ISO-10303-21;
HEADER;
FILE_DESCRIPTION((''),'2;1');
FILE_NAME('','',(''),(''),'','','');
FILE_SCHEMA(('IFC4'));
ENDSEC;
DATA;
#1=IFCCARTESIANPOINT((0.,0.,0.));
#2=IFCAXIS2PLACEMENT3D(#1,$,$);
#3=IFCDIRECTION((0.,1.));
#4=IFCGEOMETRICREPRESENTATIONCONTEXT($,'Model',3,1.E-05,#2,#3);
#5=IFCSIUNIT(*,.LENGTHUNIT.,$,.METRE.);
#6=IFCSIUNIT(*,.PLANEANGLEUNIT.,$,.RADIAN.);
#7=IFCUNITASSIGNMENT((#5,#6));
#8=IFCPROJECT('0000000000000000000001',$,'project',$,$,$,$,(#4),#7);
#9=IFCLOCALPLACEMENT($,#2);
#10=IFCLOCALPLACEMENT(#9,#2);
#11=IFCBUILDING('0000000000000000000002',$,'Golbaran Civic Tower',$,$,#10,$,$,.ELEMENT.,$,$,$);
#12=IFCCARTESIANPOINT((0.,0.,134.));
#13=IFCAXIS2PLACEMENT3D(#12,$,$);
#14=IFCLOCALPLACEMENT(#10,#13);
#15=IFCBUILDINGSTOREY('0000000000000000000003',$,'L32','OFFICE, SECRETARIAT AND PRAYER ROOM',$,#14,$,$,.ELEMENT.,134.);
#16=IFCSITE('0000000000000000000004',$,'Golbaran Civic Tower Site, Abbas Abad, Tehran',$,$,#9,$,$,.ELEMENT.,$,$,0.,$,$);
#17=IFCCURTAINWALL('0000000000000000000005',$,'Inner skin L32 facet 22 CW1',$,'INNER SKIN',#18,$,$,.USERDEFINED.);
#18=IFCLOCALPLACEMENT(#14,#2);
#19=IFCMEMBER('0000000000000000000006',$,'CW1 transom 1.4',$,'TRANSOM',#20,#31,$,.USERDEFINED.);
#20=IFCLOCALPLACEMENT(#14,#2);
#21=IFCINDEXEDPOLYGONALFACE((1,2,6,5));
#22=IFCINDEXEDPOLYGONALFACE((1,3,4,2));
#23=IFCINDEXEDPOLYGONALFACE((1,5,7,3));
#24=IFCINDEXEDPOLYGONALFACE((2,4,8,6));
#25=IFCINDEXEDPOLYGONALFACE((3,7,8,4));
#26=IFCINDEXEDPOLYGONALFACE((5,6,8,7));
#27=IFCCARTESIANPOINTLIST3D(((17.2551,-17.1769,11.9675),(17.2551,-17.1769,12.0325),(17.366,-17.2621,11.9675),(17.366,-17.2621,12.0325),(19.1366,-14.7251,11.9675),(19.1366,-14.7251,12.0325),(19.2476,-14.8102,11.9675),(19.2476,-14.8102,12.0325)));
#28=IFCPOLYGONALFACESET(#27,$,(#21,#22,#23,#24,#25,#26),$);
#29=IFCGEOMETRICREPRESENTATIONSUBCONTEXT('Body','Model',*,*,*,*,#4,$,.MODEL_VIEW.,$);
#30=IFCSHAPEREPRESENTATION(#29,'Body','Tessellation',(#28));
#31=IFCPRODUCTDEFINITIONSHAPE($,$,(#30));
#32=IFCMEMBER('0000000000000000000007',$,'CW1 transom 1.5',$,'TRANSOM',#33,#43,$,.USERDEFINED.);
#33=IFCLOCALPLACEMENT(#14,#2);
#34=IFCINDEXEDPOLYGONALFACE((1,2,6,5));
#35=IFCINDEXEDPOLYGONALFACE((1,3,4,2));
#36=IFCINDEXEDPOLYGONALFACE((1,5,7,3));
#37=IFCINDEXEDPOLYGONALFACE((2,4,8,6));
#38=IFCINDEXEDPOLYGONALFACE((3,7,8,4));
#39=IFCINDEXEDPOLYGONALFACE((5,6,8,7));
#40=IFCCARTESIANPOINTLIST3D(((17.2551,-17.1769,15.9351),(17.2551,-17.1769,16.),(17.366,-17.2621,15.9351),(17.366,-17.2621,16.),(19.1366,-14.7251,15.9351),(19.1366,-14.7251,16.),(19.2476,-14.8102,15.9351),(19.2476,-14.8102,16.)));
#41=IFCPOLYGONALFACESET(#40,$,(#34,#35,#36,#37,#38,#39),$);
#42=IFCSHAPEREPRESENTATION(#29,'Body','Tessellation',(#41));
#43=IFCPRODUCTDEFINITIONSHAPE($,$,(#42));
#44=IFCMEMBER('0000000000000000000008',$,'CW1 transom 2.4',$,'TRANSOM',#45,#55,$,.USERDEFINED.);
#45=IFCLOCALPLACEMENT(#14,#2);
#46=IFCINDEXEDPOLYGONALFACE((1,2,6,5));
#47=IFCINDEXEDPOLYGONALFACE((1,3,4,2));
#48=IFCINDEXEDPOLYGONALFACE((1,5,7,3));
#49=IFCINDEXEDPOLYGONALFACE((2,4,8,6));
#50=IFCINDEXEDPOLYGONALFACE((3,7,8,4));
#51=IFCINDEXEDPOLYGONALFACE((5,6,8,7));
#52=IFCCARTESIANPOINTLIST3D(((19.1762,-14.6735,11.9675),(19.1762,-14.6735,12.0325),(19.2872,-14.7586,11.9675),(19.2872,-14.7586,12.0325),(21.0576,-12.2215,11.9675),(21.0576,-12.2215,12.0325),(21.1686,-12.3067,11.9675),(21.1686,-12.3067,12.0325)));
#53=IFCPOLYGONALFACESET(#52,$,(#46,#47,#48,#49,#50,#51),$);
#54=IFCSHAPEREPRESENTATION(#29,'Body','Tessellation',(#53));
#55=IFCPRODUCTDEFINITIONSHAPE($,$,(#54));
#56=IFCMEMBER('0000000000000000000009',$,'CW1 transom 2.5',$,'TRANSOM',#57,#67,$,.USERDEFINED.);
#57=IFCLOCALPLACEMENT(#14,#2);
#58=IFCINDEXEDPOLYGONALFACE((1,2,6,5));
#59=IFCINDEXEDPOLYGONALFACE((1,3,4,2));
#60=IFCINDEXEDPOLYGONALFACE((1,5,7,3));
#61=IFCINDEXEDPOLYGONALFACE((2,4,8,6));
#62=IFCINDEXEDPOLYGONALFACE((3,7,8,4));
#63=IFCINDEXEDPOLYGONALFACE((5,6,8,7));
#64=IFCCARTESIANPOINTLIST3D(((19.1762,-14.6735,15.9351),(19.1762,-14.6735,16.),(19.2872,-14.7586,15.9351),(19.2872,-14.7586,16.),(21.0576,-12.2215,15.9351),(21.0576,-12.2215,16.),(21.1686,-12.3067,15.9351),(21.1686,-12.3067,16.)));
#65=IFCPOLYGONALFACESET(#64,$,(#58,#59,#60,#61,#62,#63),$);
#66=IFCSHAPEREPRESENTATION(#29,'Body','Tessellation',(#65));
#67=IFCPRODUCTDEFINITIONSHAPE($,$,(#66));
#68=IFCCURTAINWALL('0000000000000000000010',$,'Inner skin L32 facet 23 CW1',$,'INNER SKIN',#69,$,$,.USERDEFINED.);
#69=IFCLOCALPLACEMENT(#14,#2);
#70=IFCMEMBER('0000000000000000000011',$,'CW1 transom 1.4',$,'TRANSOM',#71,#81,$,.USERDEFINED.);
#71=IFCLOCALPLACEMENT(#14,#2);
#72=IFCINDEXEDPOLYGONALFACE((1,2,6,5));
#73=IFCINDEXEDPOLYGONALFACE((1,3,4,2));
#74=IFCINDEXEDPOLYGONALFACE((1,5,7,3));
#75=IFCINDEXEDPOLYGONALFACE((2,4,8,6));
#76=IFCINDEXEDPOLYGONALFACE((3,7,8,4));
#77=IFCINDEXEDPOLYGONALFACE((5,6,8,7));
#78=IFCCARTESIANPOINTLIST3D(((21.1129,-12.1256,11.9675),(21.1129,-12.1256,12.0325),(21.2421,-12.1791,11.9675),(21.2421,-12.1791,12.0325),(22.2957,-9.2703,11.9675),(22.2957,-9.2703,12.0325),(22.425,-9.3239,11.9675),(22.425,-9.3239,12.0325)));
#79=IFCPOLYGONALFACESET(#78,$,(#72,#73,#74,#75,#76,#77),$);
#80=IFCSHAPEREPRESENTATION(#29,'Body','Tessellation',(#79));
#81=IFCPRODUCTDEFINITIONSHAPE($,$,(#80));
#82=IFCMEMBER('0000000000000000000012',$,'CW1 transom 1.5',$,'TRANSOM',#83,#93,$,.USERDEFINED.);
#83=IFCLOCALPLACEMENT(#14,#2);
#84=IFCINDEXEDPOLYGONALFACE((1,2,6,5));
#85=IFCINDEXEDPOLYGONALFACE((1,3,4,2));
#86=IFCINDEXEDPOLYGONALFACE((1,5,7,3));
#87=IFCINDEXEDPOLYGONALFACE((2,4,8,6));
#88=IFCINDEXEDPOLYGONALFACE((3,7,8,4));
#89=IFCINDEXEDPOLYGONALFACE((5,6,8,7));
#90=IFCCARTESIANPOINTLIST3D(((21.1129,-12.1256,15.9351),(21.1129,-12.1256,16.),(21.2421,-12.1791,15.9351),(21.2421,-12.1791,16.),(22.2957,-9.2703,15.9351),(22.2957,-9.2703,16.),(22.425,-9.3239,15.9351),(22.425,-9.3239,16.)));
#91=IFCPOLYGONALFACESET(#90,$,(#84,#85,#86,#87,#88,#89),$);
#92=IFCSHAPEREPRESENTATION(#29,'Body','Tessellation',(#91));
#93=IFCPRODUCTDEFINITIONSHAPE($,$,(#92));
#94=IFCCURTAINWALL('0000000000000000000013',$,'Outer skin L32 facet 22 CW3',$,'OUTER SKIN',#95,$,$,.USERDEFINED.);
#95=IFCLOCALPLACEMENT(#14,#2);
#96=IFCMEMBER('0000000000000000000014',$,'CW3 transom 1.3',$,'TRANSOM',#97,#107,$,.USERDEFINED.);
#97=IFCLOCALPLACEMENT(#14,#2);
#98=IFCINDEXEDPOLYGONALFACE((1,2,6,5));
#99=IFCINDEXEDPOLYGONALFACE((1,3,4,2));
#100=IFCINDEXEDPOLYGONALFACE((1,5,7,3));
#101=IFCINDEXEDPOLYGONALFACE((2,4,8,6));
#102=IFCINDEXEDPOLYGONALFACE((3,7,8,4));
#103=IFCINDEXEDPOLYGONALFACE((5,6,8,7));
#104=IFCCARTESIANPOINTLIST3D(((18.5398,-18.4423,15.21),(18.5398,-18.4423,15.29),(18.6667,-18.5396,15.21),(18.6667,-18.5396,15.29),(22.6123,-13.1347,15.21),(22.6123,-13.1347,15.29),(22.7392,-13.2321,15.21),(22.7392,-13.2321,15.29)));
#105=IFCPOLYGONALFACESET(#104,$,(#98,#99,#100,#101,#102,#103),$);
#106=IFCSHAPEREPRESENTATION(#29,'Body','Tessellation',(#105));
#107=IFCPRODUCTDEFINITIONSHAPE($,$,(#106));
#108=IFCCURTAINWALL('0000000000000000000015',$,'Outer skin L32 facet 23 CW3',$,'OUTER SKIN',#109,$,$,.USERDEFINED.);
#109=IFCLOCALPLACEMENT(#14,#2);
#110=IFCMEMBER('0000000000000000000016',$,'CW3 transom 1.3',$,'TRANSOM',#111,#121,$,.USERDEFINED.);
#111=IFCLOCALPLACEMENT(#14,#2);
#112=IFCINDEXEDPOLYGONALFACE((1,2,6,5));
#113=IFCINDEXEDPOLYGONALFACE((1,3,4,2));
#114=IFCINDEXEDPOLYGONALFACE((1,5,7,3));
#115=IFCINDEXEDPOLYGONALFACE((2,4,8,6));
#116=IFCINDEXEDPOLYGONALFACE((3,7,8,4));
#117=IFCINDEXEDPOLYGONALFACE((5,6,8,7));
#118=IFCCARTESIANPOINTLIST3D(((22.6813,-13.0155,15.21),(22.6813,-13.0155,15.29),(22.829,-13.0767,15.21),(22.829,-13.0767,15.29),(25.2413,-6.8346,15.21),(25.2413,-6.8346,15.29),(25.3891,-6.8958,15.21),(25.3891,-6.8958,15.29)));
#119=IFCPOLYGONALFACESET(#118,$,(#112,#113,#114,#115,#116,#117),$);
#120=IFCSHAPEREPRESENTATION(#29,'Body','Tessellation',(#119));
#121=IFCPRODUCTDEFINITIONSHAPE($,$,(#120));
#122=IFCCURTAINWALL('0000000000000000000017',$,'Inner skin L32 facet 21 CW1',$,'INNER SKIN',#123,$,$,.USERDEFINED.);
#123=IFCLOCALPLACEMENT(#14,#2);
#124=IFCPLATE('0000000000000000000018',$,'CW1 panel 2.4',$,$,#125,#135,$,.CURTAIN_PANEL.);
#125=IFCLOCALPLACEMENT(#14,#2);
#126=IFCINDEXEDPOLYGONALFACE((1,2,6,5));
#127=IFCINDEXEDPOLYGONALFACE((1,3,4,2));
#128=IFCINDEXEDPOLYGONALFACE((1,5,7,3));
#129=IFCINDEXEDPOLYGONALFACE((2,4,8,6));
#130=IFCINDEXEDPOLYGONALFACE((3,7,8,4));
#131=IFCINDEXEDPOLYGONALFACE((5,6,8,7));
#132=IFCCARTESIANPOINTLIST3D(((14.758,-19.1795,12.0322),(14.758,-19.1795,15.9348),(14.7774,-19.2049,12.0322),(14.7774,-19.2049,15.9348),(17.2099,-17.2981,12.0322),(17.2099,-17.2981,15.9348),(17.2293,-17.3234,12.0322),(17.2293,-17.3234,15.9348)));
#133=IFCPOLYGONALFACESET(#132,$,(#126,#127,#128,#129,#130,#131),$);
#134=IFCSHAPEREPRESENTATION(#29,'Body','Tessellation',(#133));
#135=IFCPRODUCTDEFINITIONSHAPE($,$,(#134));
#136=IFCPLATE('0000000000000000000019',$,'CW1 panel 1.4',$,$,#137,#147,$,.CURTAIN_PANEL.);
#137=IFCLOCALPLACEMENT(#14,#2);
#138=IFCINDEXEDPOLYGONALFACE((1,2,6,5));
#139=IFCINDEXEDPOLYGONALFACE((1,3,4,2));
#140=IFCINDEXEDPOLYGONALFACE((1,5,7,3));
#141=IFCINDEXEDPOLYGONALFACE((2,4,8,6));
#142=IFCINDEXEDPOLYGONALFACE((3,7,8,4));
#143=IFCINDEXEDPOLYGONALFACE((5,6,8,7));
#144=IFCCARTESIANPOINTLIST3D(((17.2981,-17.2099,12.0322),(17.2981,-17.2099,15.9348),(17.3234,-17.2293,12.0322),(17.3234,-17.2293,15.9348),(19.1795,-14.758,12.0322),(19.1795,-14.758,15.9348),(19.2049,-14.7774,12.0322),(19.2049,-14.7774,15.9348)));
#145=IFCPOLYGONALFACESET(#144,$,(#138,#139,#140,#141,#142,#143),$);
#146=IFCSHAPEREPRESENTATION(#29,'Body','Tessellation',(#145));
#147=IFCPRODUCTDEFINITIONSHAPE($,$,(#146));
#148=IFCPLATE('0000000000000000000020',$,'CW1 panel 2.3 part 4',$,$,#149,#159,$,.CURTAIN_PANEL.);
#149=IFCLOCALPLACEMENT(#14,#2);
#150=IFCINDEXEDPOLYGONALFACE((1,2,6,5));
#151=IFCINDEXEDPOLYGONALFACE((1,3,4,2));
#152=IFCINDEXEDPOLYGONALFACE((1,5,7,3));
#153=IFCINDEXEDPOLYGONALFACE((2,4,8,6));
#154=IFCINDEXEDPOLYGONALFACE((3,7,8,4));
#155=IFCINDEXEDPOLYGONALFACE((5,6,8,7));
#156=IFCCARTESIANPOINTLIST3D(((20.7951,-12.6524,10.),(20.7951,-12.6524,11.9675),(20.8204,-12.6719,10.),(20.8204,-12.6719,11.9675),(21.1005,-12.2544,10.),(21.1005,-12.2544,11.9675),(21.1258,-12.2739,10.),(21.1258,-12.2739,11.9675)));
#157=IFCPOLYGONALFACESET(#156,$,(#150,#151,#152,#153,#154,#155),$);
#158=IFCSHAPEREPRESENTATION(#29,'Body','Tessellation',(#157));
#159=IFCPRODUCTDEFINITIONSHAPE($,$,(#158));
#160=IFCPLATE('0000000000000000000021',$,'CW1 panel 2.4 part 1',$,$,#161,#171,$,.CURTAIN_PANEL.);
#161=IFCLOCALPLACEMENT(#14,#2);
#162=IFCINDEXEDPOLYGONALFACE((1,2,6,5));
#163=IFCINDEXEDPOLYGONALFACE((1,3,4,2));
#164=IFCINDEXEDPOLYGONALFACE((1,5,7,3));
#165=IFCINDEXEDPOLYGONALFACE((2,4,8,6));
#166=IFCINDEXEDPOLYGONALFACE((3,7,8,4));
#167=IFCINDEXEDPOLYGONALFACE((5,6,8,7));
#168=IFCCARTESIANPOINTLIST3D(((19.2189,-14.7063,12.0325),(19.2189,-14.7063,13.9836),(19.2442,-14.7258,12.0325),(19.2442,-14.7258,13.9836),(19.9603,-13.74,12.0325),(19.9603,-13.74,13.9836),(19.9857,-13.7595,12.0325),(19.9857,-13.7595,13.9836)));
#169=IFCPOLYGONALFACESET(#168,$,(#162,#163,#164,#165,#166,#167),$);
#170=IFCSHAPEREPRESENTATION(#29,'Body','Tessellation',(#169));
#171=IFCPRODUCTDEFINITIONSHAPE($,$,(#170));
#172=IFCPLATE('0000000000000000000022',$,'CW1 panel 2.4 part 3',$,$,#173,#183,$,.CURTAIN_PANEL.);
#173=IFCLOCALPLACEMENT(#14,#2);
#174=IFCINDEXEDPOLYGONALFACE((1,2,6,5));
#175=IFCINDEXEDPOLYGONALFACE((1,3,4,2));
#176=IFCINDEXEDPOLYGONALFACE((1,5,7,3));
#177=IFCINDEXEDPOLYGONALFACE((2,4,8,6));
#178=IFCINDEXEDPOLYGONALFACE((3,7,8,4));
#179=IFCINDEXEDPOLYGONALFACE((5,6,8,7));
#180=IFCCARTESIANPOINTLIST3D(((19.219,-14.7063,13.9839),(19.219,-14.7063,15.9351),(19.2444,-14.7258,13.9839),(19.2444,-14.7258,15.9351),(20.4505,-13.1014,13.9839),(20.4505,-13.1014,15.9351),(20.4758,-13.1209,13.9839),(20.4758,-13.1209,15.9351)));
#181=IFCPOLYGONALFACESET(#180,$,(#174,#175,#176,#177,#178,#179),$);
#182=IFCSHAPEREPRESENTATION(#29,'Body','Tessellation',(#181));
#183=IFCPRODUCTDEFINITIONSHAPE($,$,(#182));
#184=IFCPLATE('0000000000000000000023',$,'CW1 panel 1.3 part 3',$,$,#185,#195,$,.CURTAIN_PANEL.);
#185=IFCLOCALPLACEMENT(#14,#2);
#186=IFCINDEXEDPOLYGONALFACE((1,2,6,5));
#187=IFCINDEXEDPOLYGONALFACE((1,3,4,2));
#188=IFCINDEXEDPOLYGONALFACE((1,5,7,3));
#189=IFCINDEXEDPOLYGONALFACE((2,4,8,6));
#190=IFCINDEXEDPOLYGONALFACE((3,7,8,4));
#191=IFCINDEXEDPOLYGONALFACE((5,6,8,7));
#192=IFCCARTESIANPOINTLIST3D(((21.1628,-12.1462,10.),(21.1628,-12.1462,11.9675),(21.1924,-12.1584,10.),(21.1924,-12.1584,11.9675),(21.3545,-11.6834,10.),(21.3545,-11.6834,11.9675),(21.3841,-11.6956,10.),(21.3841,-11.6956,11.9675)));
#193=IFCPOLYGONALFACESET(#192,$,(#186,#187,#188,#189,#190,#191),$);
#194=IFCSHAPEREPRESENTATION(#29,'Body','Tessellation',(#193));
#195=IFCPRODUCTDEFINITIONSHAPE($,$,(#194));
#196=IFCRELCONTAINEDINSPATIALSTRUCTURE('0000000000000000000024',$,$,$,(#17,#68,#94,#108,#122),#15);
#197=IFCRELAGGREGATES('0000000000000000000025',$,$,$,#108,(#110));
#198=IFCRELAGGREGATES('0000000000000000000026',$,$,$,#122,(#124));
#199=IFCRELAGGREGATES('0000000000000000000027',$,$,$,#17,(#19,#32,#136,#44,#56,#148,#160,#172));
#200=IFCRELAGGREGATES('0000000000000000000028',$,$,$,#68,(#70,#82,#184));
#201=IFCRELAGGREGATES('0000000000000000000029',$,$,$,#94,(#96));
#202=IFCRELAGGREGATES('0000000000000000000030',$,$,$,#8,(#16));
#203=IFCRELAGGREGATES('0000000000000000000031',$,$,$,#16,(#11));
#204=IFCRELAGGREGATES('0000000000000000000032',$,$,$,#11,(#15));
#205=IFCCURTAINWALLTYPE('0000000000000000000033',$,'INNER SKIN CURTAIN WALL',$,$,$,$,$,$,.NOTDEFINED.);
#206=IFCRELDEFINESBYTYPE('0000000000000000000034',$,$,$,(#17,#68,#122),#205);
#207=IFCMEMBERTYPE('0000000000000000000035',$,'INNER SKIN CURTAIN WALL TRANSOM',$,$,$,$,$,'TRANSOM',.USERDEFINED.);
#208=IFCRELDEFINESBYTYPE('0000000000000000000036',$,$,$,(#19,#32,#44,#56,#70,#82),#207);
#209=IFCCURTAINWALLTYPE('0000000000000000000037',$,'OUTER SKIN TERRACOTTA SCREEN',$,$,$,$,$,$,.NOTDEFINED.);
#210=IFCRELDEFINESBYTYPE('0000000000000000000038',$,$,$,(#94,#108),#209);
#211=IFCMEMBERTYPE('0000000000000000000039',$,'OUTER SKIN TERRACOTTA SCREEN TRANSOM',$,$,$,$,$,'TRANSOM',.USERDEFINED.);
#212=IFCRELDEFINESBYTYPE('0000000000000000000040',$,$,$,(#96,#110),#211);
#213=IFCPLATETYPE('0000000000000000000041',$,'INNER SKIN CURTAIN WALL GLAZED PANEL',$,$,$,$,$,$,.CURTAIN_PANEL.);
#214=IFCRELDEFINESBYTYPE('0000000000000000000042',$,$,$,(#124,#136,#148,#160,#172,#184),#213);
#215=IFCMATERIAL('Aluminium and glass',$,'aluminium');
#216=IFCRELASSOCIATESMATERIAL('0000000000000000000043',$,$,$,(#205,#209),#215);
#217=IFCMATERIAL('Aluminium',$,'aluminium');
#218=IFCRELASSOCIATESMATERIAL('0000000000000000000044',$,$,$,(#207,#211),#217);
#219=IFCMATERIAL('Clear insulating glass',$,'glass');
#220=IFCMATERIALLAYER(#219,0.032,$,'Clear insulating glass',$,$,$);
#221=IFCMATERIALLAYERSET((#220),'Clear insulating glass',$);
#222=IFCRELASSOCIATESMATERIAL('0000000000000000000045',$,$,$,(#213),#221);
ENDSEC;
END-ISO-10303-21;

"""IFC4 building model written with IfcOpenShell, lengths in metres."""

from ifc_helpers import new_model, si_unit, direction, frame, origin, origin_2d, place, context, subcontext, project, spatial, rectangle, extrude, material, layer, layer_set, material_profile, profile_set, type_object, element, aggregate, save


model = new_model("IFC4")

# Units and contexts
model_context = context("Model", 3, precision=1e-05, world=origin(), true_north=direction((0.0, 1.0)))
body_context = subcontext(model_context, "Body", "Model", "MODEL_VIEW")
ifc_project = project(units=[si_unit("LENGTHUNIT", "METRE"), si_unit("PLANEANGLEUNIT", "RADIAN")], contexts=[model_context])

# Site, building, storey
site_placement = place(None, origin())
site = spatial("IfcSite", under=ifc_project, at=site_placement, Name="Golbaran Civic Tower Site, Abbas Abad, Tehran", CompositionType="ELEMENT", RefElevation=0.0)
building_placement = place(site_placement, origin())
building = spatial("IfcBuilding", under=site, at=building_placement, Name="Golbaran Civic Tower", CompositionType="ELEMENT")
storey_placement = place(building_placement, frame((0.0, 0.0, 134.0)))
storey = spatial("IfcBuildingStorey", under=building, at=storey_placement, Name="L32", Description="OFFICE, SECRETARIAT AND PRAYER ROOM", CompositionType="ELEMENT", Elevation=134.0)

# Curtain walls, members
ifc_material_1 = material(Name="Aluminium and glass", Category="aluminium")
curtain_wall_type_1 = type_object("IfcCurtainWallType", Name="INNER SKIN CURTAIN WALL", PredefinedType="NOTDEFINED", material=ifc_material_1)
curtain_wall_1_placement = place(storey_placement, origin())
curtain_wall_1 = element("IfcCurtainWall", 1, at=curtain_wall_1_placement, inside=storey, type_object=curtain_wall_type_1, Name="Inner skin L32 facet 22 CW1", ObjectType="INNER SKIN", PredefinedType="USERDEFINED")
ifc_material_2 = material(Name="Aluminium", Category="aluminium")
ifc_material_profile_1 = material_profile(ifc_material_2, rectangle(XDim=0.1399, YDim=0.0649, at=origin_2d()), Name="INNER SKIN CURTAIN WALL TRANSOM")
ifc_profile_set_1 = profile_set([ifc_material_profile_1], Name="Aluminium")
member_type_1 = type_object("IfcMemberType", Name="INNER SKIN CURTAIN WALL TRANSOM", ElementType="TRANSOM", PredefinedType="USERDEFINED", material=ifc_profile_set_1)
member_1_placement = place(storey_placement, frame((17.3105, -17.2195, 12.0), z_axis=(0.608798, 0.793325, 0.0), x_axis=(-0.793325, 0.608798, 0.0)))
member_1 = element("IfcMember", 2, at=member_1_placement, type_object=member_type_1, Name="CW1 transom 1.4", ObjectType="TRANSOM", PredefinedType="USERDEFINED", context=body_context, shape_type="SweptSolid", body=[
    extrude(rectangle(XDim=0.1399, YDim=0.0649, at=origin_2d()), origin(), (0.0, 0.0, 1.0), 3.0906),
])
member_2_placement = place(storey_placement, frame((17.3105, -17.2195, 15.9675), z_axis=(0.608798, 0.793325, 0.0), x_axis=(-0.793325, 0.608798, 0.0)))
member_2 = element("IfcMember", 3, at=member_2_placement, type_object=member_type_1, Name="CW1 transom 1.5", ObjectType="TRANSOM", PredefinedType="USERDEFINED", context=body_context, shape_type="SweptSolid", body=[
    extrude(rectangle(XDim=0.1399, YDim=0.0649, at=origin_2d()), origin(), (0.0, 0.0, 1.0), 3.0906),
])
member_3_placement = place(storey_placement, frame((19.2317, -14.7161, 12.0), z_axis=(0.608748, 0.793363, 0.0), x_axis=(-0.793363, 0.608748, 0.0)))
member_3 = element("IfcMember", 4, at=member_3_placement, type_object=member_type_1, Name="CW1 transom 2.4", ObjectType="TRANSOM", PredefinedType="USERDEFINED", context=body_context, shape_type="SweptSolid", body=[
    extrude(rectangle(XDim=0.1399, YDim=0.0649, at=origin_2d()), origin(), (0.0, 0.0, 1.0), 3.0906),
])
member_4_placement = place(storey_placement, frame((19.2317, -14.7161, 15.9675), z_axis=(0.608748, 0.793363, 0.0), x_axis=(-0.793363, 0.608748, 0.0)))
member_4 = element("IfcMember", 5, at=member_4_placement, type_object=member_type_1, Name="CW1 transom 2.5", ObjectType="TRANSOM", PredefinedType="USERDEFINED", context=body_context, shape_type="SweptSolid", body=[
    extrude(rectangle(XDim=0.1399, YDim=0.0649, at=origin_2d()), origin(), (0.0, 0.0, 1.0), 3.0906),
])
curtain_wall_2_placement = place(storey_placement, origin())
curtain_wall_2 = element("IfcCurtainWall", 6, at=curtain_wall_2_placement, inside=storey, type_object=curtain_wall_type_1, Name="Inner skin L32 facet 23 CW1", ObjectType="INNER SKIN", PredefinedType="USERDEFINED")
member_5_placement = place(storey_placement, frame((21.1775, -12.1523, 12.0), z_axis=(0.382736, 0.923858, 0.0), x_axis=(-0.923858, 0.382736, 0.0)))
member_5 = element("IfcMember", 7, at=member_5_placement, type_object=member_type_1, Name="CW1 transom 1.4", ObjectType="TRANSOM", PredefinedType="USERDEFINED", context=body_context, shape_type="SweptSolid", body=[
    extrude(rectangle(XDim=0.1399, YDim=0.0649, at=origin_2d()), origin(), (0.0, 0.0, 1.0), 3.0906),
])
member_6_placement = place(storey_placement, frame((21.1775, -12.1523, 15.9675), z_axis=(0.382736, 0.923858, 0.0), x_axis=(-0.923858, 0.382736, 0.0)))
member_6 = element("IfcMember", 8, at=member_6_placement, type_object=member_type_1, Name="CW1 transom 1.5", ObjectType="TRANSOM", PredefinedType="USERDEFINED", context=body_context, shape_type="SweptSolid", body=[
    extrude(rectangle(XDim=0.1399, YDim=0.0649, at=origin_2d()), origin(), (0.0, 0.0, 1.0), 3.0906),
])

# Curtain walls, members
curtain_wall_type_2 = type_object("IfcCurtainWallType", Name="OUTER SKIN TERRACOTTA SCREEN", PredefinedType="NOTDEFINED", material=ifc_material_1)
curtain_wall_3_placement = place(storey_placement, origin())
curtain_wall_3 = element("IfcCurtainWall", 9, at=curtain_wall_3_placement, inside=storey, type_object=curtain_wall_type_2, Name="Outer skin L32 facet 22 CW3", ObjectType="OUTER SKIN", PredefinedType="USERDEFINED")
ifc_material_profile_2 = material_profile(ifc_material_2, rectangle(XDim=0.1599, YDim=0.0801, at=origin_2d()), Name="OUTER SKIN TERRACOTTA SCREEN TRANSOM")
ifc_profile_set_2 = profile_set([ifc_material_profile_2], Name="Aluminium")
member_type_2 = type_object("IfcMemberType", Name="OUTER SKIN TERRACOTTA SCREEN TRANSOM", ElementType="TRANSOM", PredefinedType="USERDEFINED", material=ifc_profile_set_2)
member_7_placement = place(storey_placement, frame((18.6033, -18.491, 15.25), z_axis=(0.608746, 0.793365, 0.0), x_axis=(-0.793365, 0.608746, 0.0)))
member_7 = element("IfcMember", 10, at=member_7_placement, type_object=member_type_2, Name="CW3 transom 1.3", ObjectType="TRANSOM", PredefinedType="USERDEFINED", context=body_context, shape_type="SweptSolid", body=[
    extrude(rectangle(XDim=0.1599, YDim=0.0801, at=origin_2d()), origin(), (0.0, 0.0, 1.0), 6.6899),
])
curtain_wall_4_placement = place(storey_placement, origin())
curtain_wall_4 = element("IfcCurtainWall", 11, at=curtain_wall_4_placement, inside=storey, type_object=curtain_wall_type_2, Name="Outer skin L32 facet 23 CW3", ObjectType="OUTER SKIN", PredefinedType="USERDEFINED")
member_8_placement = place(storey_placement, frame((22.7551, -13.0461, 15.25), z_axis=(0.382663, 0.923888, 0.0), x_axis=(-0.923888, 0.382663, 0.0)))
member_8 = element("IfcMember", 12, at=member_8_placement, type_object=member_type_2, Name="CW3 transom 1.3", ObjectType="TRANSOM", PredefinedType="USERDEFINED", context=body_context, shape_type="SweptSolid", body=[
    extrude(rectangle(XDim=0.1599, YDim=0.0801, at=origin_2d()), origin(), (0.0, 0.0, 1.0), 6.6902),
])
aggregate(curtain_wall_4, [member_8])

# Curtain wall, plate
curtain_wall_5_placement = place(storey_placement, origin())
curtain_wall_5 = element("IfcCurtainWall", 13, at=curtain_wall_5_placement, inside=storey, type_object=curtain_wall_type_1, Name="Inner skin L32 facet 21 CW1", ObjectType="INNER SKIN", PredefinedType="USERDEFINED")
ifc_material_3 = material(Name="Clear insulating glass", Category="glass")
ifc_layer_1 = layer(ifc_material_3, 0.032, Name="Clear insulating glass")
ifc_layer_set_1 = layer_set([ifc_layer_1], Name="Clear insulating glass")
plate_type_1 = type_object("IfcPlateType", Name="INNER SKIN CURTAIN WALL GLAZED PANEL", PredefinedType="CURTAIN_PANEL", material=ifc_layer_set_1)
plate_1_placement = place(storey_placement, frame((15.9937, -18.2515, 12.0322), z_axis=(0.0, 0.0, 1.0), x_axis=(0.793353, 0.608761, 0.0)))
plate_1 = element("IfcPlate", 14, at=plate_1_placement, type_object=plate_type_1, Name="CW1 panel 2.4", PredefinedType="CURTAIN_PANEL", context=body_context, shape_type="SweptSolid", body=[
    extrude(rectangle(XDim=3.0906, YDim=0.032, at=origin_2d()), origin(), (0.0, 0.0, 1.0), 3.9026),
])
aggregate(curtain_wall_5, [plate_1])

# Plates
plate_2_placement = place(storey_placement, frame((18.2515, -15.9937, 12.0322), z_axis=(0.0, 0.0, 1.0), x_axis=(0.608761, 0.793353, 0.0)))
plate_2 = element("IfcPlate", 15, at=plate_2_placement, type_object=plate_type_1, Name="CW1 panel 1.4", PredefinedType="CURTAIN_PANEL", context=body_context, shape_type="SweptSolid", body=[
    extrude(rectangle(XDim=3.0906, YDim=0.032, at=origin_2d()), origin(), (0.0, 0.0, 1.0), 3.9026),
])
plate_3_placement = place(storey_placement, frame((20.9604, -12.4631, 10.0), z_axis=(0.0, 0.0, 1.0), x_axis=(0.608761, 0.793353, 0.0)))
plate_3 = element("IfcPlate", 16, at=plate_3_placement, type_object=plate_type_1, Name="CW1 panel 2.3 part 4", PredefinedType="CURTAIN_PANEL", context=body_context, shape_type="SweptSolid", body=[
    extrude(rectangle(XDim=0.5017, YDim=0.032, at=origin_2d()), origin(), (0.0, 0.0, 1.0), 1.9675),
])
plate_4_placement = place(storey_placement, frame((19.6023, -14.2329, 12.0325), z_axis=(0.0, 0.0, 1.0), x_axis=(0.608761, 0.793353, 0.0)))
plate_4 = element("IfcPlate", 17, at=plate_4_placement, type_object=plate_type_1, Name="CW1 panel 2.4 part 1", PredefinedType="CURTAIN_PANEL", context=body_context, shape_type="SweptSolid", body=[
    extrude(rectangle(XDim=1.218, YDim=0.032, at=origin_2d()), origin(), (0.0, 0.0, 1.0), 1.9512),
])
plate_5_placement = place(storey_placement, frame((19.8474, -13.9136, 13.9839), z_axis=(0.0, 0.0, 1.0), x_axis=(0.608761, 0.793353, 0.0)))
plate_5 = element("IfcPlate", 18, at=plate_5_placement, type_object=plate_type_1, Name="CW1 panel 2.4 part 3", PredefinedType="CURTAIN_PANEL", context=body_context, shape_type="SweptSolid", body=[
    extrude(rectangle(XDim=2.0229, YDim=0.032, at=origin_2d()), origin(), (0.0, 0.0, 1.0), 1.9512),
])
plate_6_placement = place(storey_placement, frame((21.2734, -11.9209, 10.0), z_axis=(0.0, 0.0, 1.0), x_axis=(0.382683, 0.92388, 0.0)))
plate_6 = element("IfcPlate", 19, at=plate_6_placement, type_object=plate_type_1, Name="CW1 panel 1.3 part 3", PredefinedType="CURTAIN_PANEL", context=body_context, shape_type="SweptSolid", body=[
    extrude(rectangle(XDim=0.501, YDim=0.032, at=origin_2d()), origin(), (0.0, 0.0, 1.0), 1.9675),
])
aggregate(curtain_wall_1, [member_1, member_2, plate_2, member_3, member_4, plate_3, plate_4, plate_5])
aggregate(curtain_wall_2, [member_5, member_6, plate_6])
aggregate(curtain_wall_3, [member_7])

save(model, "model.ifc")
